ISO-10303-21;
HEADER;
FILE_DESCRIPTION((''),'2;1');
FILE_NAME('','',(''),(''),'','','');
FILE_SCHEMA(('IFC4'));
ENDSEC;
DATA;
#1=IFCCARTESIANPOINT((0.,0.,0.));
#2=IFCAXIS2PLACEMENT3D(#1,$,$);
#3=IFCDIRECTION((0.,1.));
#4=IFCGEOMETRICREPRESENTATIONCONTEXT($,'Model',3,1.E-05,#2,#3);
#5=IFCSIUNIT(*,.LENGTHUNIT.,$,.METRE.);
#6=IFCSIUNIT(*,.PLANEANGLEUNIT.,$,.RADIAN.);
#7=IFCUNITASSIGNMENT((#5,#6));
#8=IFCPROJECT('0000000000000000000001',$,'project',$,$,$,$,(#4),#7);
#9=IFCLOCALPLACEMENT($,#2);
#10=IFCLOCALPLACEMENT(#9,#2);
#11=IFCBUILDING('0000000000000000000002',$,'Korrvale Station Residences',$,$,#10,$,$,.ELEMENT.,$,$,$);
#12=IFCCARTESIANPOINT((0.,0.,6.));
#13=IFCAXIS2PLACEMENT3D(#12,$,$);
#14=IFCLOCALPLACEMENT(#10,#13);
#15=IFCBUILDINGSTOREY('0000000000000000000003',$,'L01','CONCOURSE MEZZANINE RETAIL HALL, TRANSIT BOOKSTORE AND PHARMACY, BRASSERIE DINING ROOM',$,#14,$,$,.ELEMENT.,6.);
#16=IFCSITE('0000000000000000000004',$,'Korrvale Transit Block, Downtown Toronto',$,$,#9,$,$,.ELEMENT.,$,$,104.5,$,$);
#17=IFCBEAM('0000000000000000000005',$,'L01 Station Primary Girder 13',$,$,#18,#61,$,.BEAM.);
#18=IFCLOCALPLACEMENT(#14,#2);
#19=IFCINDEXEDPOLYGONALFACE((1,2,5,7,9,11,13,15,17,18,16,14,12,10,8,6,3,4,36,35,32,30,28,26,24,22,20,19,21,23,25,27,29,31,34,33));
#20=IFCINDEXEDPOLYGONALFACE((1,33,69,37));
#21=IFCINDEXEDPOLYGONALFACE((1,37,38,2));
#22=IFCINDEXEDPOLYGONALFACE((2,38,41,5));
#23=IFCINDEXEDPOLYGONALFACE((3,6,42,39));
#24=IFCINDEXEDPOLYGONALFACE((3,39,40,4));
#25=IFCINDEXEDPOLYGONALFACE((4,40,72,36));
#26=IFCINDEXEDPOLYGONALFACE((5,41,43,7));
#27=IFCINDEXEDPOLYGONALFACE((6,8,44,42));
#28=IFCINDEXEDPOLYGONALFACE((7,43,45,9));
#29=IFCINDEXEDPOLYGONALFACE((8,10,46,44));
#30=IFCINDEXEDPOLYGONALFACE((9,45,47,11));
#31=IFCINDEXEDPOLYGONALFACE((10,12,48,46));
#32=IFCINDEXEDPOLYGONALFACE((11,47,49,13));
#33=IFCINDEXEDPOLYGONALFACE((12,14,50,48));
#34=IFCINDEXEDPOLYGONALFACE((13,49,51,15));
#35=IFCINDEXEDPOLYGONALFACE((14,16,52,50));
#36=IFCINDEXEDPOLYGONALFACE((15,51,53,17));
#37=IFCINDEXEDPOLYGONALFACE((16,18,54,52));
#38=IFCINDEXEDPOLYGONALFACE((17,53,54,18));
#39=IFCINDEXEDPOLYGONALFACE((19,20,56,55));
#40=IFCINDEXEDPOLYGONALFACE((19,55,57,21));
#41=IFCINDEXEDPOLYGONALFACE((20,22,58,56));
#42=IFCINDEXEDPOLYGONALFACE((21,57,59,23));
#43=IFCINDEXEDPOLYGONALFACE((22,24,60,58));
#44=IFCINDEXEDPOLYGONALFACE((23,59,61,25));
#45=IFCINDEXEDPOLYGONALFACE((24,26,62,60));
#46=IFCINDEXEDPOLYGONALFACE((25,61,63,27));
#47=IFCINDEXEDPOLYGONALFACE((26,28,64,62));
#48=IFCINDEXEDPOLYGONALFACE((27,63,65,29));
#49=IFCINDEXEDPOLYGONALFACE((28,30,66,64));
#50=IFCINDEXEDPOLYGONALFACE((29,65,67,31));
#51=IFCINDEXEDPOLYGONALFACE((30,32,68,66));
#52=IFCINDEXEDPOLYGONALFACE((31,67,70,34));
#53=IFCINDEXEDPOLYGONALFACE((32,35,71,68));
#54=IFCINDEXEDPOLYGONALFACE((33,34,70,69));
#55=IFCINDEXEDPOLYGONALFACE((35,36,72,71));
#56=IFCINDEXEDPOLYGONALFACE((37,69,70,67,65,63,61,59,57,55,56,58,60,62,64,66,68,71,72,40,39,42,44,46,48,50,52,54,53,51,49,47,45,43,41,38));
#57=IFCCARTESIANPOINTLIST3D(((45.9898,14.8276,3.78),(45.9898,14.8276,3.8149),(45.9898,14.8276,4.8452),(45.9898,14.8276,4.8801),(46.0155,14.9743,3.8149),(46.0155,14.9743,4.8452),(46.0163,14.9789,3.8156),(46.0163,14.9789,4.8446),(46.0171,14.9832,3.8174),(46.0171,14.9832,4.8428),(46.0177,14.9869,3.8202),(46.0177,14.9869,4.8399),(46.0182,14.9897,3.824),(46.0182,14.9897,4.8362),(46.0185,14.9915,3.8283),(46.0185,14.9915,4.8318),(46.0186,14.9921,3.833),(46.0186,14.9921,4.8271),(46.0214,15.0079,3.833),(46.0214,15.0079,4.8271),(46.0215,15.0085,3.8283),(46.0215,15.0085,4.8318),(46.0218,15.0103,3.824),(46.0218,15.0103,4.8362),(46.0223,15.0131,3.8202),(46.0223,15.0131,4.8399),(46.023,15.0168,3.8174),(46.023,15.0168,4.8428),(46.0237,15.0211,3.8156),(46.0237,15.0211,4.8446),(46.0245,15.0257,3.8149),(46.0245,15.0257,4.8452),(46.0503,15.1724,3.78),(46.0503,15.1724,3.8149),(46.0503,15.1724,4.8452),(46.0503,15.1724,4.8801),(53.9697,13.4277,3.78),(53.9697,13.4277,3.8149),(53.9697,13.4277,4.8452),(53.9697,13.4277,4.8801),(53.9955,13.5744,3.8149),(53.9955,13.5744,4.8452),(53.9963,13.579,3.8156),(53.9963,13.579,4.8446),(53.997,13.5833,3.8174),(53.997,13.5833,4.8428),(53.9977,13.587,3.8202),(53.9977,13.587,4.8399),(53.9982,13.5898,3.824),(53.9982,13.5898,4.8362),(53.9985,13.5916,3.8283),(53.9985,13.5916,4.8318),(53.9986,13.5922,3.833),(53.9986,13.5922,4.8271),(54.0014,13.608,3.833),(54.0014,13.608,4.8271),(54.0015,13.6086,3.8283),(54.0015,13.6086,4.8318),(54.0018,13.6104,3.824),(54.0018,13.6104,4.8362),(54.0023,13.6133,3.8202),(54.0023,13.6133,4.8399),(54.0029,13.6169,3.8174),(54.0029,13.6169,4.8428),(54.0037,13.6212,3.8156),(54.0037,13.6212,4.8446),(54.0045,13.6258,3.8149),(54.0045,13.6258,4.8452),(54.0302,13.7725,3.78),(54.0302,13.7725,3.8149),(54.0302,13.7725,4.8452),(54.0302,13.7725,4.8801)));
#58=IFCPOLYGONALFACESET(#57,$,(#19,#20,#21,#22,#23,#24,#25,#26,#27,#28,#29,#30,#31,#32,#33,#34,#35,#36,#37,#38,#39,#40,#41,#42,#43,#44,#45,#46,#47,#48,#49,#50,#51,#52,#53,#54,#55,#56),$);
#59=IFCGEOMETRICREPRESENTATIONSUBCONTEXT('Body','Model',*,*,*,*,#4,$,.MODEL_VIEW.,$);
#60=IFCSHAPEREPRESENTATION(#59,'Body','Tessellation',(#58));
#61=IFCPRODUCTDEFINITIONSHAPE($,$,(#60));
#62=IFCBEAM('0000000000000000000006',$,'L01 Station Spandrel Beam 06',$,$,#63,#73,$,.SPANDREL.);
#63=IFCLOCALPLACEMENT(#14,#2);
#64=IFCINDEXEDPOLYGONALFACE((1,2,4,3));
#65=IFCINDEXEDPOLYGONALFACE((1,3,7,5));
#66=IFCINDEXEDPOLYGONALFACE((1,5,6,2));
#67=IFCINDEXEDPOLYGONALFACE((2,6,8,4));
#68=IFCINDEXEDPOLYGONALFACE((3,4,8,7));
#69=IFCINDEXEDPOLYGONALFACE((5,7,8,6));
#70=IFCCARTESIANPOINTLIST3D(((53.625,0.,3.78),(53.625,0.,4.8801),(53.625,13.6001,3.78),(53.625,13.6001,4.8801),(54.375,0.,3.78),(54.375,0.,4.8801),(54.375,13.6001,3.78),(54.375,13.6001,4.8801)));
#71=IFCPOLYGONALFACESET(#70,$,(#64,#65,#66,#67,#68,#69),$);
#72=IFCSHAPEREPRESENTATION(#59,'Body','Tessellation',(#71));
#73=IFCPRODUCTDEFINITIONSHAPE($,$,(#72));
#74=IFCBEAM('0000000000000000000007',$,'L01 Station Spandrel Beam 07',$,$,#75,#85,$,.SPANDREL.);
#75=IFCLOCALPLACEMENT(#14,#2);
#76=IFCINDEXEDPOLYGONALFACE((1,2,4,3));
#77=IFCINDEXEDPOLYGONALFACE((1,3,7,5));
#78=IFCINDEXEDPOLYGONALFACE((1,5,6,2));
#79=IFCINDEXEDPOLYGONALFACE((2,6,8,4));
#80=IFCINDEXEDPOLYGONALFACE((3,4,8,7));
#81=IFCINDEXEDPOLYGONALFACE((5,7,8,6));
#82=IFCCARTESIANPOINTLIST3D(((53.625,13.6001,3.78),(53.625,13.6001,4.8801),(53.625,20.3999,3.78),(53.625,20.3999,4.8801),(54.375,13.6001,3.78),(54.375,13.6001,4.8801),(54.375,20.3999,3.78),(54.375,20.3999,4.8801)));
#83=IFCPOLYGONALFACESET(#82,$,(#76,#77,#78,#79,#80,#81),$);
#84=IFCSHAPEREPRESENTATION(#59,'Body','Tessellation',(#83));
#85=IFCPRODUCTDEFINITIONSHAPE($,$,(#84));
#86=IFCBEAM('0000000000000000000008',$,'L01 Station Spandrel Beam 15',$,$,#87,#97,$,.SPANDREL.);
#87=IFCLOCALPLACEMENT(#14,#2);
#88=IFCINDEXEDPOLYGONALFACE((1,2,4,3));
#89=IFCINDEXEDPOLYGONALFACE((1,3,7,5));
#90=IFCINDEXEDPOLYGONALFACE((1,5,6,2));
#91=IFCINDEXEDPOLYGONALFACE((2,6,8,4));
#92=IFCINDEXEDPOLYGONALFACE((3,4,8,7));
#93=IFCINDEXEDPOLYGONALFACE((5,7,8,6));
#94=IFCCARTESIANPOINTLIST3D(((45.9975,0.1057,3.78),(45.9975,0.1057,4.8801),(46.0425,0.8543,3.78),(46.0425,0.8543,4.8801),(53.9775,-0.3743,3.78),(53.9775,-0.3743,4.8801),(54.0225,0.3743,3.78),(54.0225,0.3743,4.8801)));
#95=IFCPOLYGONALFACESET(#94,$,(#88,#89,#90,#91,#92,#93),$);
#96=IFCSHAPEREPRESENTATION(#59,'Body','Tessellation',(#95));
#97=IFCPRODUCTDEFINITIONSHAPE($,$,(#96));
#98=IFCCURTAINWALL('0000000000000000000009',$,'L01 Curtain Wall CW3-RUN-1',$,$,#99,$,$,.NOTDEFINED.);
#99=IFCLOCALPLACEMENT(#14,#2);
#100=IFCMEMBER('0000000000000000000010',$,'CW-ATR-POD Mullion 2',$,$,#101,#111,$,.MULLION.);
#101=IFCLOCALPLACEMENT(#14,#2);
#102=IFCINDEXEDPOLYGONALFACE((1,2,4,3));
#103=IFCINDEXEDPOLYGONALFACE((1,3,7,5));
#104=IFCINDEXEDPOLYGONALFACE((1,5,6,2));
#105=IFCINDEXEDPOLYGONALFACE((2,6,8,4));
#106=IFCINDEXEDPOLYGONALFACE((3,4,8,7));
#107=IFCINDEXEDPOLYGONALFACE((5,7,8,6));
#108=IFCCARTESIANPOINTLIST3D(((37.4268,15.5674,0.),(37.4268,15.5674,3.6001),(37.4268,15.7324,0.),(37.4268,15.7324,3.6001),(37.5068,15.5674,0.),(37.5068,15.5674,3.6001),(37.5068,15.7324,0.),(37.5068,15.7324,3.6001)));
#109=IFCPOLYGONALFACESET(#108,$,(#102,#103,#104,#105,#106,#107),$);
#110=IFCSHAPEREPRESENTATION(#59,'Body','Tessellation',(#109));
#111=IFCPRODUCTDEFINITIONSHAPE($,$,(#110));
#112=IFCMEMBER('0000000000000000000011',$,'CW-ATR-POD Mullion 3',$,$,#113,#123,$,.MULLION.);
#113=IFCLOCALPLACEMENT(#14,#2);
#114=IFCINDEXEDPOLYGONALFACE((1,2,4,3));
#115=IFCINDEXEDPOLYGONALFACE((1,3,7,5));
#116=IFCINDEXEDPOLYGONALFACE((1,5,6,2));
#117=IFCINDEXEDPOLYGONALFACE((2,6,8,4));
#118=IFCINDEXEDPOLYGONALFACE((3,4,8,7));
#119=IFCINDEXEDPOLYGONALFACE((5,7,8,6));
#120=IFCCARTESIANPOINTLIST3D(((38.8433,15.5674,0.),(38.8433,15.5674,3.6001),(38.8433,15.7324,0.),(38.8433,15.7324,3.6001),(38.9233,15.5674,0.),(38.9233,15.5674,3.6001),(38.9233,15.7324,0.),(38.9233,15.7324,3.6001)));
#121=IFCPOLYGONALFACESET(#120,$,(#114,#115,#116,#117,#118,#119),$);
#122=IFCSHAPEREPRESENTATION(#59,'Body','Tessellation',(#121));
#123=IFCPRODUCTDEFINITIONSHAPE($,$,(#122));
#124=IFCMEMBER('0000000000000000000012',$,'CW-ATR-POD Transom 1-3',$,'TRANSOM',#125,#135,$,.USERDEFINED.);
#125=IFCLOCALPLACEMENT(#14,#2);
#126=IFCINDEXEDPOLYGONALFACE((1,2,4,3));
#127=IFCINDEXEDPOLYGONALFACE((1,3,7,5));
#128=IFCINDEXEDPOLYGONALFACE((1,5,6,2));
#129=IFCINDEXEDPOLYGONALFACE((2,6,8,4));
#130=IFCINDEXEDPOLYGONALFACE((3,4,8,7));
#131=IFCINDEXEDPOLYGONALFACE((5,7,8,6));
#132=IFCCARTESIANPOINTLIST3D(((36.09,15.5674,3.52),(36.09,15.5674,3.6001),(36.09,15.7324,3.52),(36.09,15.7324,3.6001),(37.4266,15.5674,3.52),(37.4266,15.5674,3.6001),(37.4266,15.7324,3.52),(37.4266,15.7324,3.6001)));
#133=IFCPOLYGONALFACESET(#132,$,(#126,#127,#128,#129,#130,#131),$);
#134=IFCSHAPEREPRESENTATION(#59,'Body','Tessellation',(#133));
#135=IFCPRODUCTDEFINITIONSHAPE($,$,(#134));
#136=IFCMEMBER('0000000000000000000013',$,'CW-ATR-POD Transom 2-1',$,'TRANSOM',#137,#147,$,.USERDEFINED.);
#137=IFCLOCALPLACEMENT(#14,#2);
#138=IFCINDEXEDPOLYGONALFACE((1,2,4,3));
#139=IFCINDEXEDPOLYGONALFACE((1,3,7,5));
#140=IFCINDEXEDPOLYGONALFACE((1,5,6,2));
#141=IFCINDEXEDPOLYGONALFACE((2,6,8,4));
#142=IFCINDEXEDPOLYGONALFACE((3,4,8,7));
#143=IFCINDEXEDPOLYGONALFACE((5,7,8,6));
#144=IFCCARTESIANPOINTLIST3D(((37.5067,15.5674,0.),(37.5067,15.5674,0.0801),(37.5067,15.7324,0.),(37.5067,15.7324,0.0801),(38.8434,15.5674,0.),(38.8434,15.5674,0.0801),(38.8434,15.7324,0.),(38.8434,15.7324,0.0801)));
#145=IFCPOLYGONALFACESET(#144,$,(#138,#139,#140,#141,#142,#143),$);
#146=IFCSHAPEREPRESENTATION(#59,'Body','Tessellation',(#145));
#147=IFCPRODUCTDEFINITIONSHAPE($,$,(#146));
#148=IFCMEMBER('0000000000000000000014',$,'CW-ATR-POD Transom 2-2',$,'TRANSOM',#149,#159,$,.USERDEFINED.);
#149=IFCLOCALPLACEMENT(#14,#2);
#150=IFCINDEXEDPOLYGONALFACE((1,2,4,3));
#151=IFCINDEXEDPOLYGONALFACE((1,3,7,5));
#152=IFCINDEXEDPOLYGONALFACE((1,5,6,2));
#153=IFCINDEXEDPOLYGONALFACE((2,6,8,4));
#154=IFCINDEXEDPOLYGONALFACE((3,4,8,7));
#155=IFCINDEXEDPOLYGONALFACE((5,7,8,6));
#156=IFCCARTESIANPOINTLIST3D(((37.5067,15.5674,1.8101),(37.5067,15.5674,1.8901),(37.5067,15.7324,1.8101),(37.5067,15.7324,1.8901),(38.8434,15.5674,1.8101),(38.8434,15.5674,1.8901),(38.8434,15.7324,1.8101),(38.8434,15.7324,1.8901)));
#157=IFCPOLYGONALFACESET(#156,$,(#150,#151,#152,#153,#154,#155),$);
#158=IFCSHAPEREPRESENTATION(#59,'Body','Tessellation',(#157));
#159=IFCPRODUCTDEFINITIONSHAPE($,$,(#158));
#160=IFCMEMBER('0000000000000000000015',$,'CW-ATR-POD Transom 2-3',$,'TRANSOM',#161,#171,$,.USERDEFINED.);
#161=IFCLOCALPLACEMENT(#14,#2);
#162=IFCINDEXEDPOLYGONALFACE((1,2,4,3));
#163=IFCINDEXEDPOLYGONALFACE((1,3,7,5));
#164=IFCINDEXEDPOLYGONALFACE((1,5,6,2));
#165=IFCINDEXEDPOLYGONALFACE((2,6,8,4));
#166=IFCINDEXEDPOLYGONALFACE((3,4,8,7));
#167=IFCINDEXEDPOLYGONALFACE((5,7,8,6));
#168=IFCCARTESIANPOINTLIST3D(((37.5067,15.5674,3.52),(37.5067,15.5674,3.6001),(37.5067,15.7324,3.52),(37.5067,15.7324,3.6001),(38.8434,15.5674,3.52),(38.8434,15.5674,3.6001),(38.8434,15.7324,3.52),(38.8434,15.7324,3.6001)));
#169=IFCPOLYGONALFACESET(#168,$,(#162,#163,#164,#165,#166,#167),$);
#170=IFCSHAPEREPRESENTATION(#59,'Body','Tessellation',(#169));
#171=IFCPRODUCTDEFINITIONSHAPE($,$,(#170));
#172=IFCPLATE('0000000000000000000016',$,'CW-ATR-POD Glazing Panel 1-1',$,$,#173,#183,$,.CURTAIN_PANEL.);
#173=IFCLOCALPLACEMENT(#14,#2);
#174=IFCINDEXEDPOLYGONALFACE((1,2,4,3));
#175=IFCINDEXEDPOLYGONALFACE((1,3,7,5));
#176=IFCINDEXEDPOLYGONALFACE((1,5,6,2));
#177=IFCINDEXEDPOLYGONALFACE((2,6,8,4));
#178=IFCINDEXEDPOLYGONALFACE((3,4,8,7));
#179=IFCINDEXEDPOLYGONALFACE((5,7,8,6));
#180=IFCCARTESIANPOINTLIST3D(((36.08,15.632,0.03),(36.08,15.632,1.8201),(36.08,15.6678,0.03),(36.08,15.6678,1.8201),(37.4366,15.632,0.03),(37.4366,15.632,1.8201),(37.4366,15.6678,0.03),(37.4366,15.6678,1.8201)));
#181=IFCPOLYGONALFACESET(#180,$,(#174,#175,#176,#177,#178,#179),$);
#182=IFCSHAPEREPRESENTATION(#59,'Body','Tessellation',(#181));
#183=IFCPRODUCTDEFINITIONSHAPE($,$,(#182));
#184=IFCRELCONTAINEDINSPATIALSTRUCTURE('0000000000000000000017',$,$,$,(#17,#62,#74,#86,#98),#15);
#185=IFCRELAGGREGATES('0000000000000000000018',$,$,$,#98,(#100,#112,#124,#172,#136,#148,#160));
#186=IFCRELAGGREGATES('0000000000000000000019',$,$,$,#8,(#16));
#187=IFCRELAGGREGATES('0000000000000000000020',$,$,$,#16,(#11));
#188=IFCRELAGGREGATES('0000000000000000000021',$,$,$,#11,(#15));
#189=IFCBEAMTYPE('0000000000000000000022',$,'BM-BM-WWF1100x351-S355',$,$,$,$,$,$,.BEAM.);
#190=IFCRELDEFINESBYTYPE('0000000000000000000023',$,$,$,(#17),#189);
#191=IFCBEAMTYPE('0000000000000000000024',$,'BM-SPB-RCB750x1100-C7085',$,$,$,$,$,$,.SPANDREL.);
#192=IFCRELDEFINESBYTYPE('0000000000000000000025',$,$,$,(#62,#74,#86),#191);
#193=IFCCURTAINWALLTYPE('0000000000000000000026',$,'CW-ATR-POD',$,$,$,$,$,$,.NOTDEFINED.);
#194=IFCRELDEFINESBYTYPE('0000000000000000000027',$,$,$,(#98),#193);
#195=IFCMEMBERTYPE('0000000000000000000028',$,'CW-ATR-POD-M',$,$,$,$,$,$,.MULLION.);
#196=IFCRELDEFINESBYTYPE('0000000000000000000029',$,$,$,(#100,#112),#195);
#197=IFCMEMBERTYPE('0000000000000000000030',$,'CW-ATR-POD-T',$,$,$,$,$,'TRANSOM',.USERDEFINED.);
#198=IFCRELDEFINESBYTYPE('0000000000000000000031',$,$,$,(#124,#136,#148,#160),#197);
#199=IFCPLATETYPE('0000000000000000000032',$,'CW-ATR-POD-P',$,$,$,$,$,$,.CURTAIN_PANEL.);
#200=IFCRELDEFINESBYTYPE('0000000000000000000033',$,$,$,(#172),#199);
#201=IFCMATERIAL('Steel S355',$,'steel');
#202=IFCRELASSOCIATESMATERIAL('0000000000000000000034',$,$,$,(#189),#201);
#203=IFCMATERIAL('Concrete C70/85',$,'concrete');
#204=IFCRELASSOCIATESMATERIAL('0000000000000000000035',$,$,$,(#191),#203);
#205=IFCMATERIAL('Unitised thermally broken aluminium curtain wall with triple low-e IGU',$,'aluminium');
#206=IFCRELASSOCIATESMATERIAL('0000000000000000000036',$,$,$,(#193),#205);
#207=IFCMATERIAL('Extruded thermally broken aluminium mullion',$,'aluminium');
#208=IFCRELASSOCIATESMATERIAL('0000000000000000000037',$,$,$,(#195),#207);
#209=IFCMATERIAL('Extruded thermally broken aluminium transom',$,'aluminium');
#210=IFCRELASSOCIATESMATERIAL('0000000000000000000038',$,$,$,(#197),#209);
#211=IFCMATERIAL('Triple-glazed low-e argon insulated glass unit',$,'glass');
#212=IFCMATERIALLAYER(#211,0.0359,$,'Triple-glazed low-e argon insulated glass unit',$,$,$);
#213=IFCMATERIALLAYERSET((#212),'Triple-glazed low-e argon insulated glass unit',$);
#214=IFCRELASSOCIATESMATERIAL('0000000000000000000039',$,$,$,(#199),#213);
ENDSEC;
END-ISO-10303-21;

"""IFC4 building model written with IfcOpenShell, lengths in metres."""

from ifc_helpers import new_model, si_unit, direction, frame, origin, origin_2d, place, context, subcontext, project, spatial, rectangle, i_section, extrude, material, layer, layer_set, material_profile, profile_set, type_object, element, aggregate, save


model = new_model("IFC4")

# Units and contexts
model_context = context("Model", 3, precision=1e-05, world=origin(), true_north=direction((0.0, 1.0)))
body_context = subcontext(model_context, "Body", "Model", "MODEL_VIEW")
ifc_project = project(units=[si_unit("LENGTHUNIT", "METRE"), si_unit("PLANEANGLEUNIT", "RADIAN")], contexts=[model_context])

# Site, building, storey
site_placement = place(None, origin())
site = spatial("IfcSite", under=ifc_project, at=site_placement, Name="Korrvale Transit Block, Downtown Toronto", CompositionType="ELEMENT", RefElevation=104.5)
building_placement = place(site_placement, origin())
building = spatial("IfcBuilding", under=site, at=building_placement, Name="Korrvale Station Residences", CompositionType="ELEMENT")
storey_placement = place(building_placement, frame((0.0, 0.0, 6.0)))
storey = spatial("IfcBuildingStorey", under=building, at=storey_placement, Name="L01", Description="CONCOURSE MEZZANINE RETAIL HALL, TRANSIT BOOKSTORE AND PHARMACY, BRASSERIE DINING ROOM", CompositionType="ELEMENT", Elevation=6.0)

# Shared definitions
ifc_material_1 = material(Name="Concrete C70/85", Category="concrete")

# Beams
ifc_material_2 = material(Name="Steel S355", Category="steel")
ifc_material_profile_1 = material_profile(ifc_material_2, i_section(OverallWidth=0.3501, OverallDepth=1.1001, WebThickness=0.0161, FlangeThickness=0.0349, FilletRadius=0.0181, at=origin_2d()), Name="WWF1100x351")
ifc_profile_set_1 = profile_set([ifc_material_profile_1], Name="Steel S355")
beam_type_1 = type_object("IfcBeamType", Name="BM-BM-WWF1100x351-S355", PredefinedType="BEAM", material=ifc_profile_set_1)
beam_1_placement = place(storey_placement, frame((46.02, 15.0, 4.3301), z_axis=(0.984959, -0.172788, 0.0), x_axis=(0.172788, 0.984959, 0.0)))
element("IfcBeam", 1, at=beam_1_placement, inside=storey, type_object=beam_type_1, Name="L01 Station Primary Girder 13", PredefinedType="BEAM", context=body_context, shape_type="SweptSolid", body=[
    extrude(i_section(OverallWidth=0.3501, OverallDepth=1.1001, WebThickness=0.0161, FlangeThickness=0.0349, FilletRadius=0.0181, at=origin_2d()), origin(), (0.0, 0.0, 1.0), 8.1018),
])
ifc_material_profile_2 = material_profile(ifc_material_1, rectangle(XDim=0.75, YDim=1.1001, at=origin_2d()), Name="RCB750x1100")
ifc_profile_set_2 = profile_set([ifc_material_profile_2], Name="Concrete C70/85")
beam_type_2 = type_object("IfcBeamType", Name="BM-SPB-RCB750x1100-C7085", PredefinedType="SPANDREL", material=ifc_profile_set_2)
beam_2_placement = place(storey_placement, frame((54.0, 0.0, 4.3301), z_axis=(0.0, 1.0, 0.0), x_axis=(-1.0, 0.0, 0.0)))
element("IfcBeam", 2, at=beam_2_placement, inside=storey, type_object=beam_type_2, Name="L01 Station Spandrel Beam 06", PredefinedType="SPANDREL", context=body_context, shape_type="SweptSolid", body=[
    extrude(rectangle(XDim=0.75, YDim=1.1001, at=origin_2d()), origin(), (0.0, 0.0, 1.0), 13.6001),
])
beam_3_placement = place(storey_placement, frame((54.0, 13.6001, 4.3301), z_axis=(0.0, 1.0, 0.0), x_axis=(-1.0, 0.0, 0.0)))
element("IfcBeam", 3, at=beam_3_placement, inside=storey, type_object=beam_type_2, Name="L01 Station Spandrel Beam 07", PredefinedType="SPANDREL", context=body_context, shape_type="SweptSolid", body=[
    extrude(rectangle(XDim=0.75, YDim=1.1001, at=origin_2d()), origin(), (0.0, 0.0, 1.0), 6.7998),
])
beam_4_placement = place(storey_placement, frame((46.02, 0.48, 4.3301), z_axis=(0.998196, -0.06004, 0.0), x_axis=(0.06004, 0.998196, 0.0)))
element("IfcBeam", 4, at=beam_4_placement, inside=storey, type_object=beam_type_2, Name="L01 Station Spandrel Beam 15", PredefinedType="SPANDREL", context=body_context, shape_type="SweptSolid", body=[
    extrude(rectangle(XDim=0.75, YDim=1.1001, at=origin_2d()), origin(), (0.0, 0.0, 1.0), 7.9944),
])

# Curtain wall, members, plate
ifc_material_3 = material(Name="Unitised thermally broken aluminium curtain wall with triple low-e IGU", Category="aluminium")
curtain_wall_type = type_object("IfcCurtainWallType", Name="CW-ATR-POD", PredefinedType="NOTDEFINED", material=ifc_material_3)
curtain_wall_placement = place(storey_placement, origin())
curtain_wall = element("IfcCurtainWall", 5, at=curtain_wall_placement, inside=storey, type_object=curtain_wall_type, Name="L01 Curtain Wall CW3-RUN-1", PredefinedType="NOTDEFINED")
ifc_material_4 = material(Name="Extruded thermally broken aluminium mullion", Category="aluminium")
member_type_1 = type_object("IfcMemberType", Name="CW-ATR-POD-M", PredefinedType="MULLION", material=ifc_material_4)
member_1_placement = place(storey_placement, frame((37.4668, 15.6499, 0.0), z_axis=(0.0, 0.0, 1.0), x_axis=(1.0, 0.0, 0.0)))
member_1 = element("IfcMember", 6, at=member_1_placement, type_object=member_type_1, Name="CW-ATR-POD Mullion 2", PredefinedType="MULLION", context=body_context, shape_type="SweptSolid", body=[
    extrude(rectangle(XDim=0.0801, YDim=0.165, at=origin_2d()), origin(), (0.0, 0.0, 1.0), 3.6001),
])
member_2_placement = place(storey_placement, frame((38.8833, 15.6499, 0.0), z_axis=(0.0, 0.0, 1.0), x_axis=(1.0, 0.0, 0.0)))
member_2 = element("IfcMember", 7, at=member_2_placement, type_object=member_type_1, Name="CW-ATR-POD Mullion 3", PredefinedType="MULLION", context=body_context, shape_type="SweptSolid", body=[
    extrude(rectangle(XDim=0.0801, YDim=0.165, at=origin_2d()), origin(), (0.0, 0.0, 1.0), 3.6001),
])
ifc_material_5 = material(Name="Extruded thermally broken aluminium transom", Category="aluminium")
member_type_2 = type_object("IfcMemberType", Name="CW-ATR-POD-T", ElementType="TRANSOM", PredefinedType="USERDEFINED", material=ifc_material_5)
member_3_placement = place(storey_placement, frame((36.7583, 15.6499, 3.52), z_axis=(0.0, 0.0, 1.0), x_axis=(1.0, 0.0, 0.0)))
member_3 = element("IfcMember", 8, at=member_3_placement, type_object=member_type_2, Name="CW-ATR-POD Transom 1-3", ObjectType="TRANSOM", PredefinedType="USERDEFINED", context=body_context, shape_type="SweptSolid", body=[
    extrude(rectangle(XDim=1.3367, YDim=0.165, at=origin_2d()), origin(), (0.0, 0.0, 1.0), 0.0801),
])
member_4_placement = place(storey_placement, frame((38.175, 15.6499, 0.0), z_axis=(0.0, 0.0, 1.0), x_axis=(1.0, 0.0, 0.0)))
member_4 = element("IfcMember", 9, at=member_4_placement, type_object=member_type_2, Name="CW-ATR-POD Transom 2-1", ObjectType="TRANSOM", PredefinedType="USERDEFINED", context=body_context, shape_type="SweptSolid", body=[
    extrude(rectangle(XDim=1.3367, YDim=0.165, at=origin_2d()), origin(), (0.0, 0.0, 1.0), 0.0801),
])
member_5_placement = place(storey_placement, frame((38.175, 15.6499, 1.8101), z_axis=(0.0, 0.0, 1.0), x_axis=(1.0, 0.0, 0.0)))
member_5 = element("IfcMember", 10, at=member_5_placement, type_object=member_type_2, Name="CW-ATR-POD Transom 2-2", ObjectType="TRANSOM", PredefinedType="USERDEFINED", context=body_context, shape_type="SweptSolid", body=[
    extrude(rectangle(XDim=1.3367, YDim=0.165, at=origin_2d()), origin(), (0.0, 0.0, 1.0), 0.0801),
])
member_6_placement = place(storey_placement, frame((38.175, 15.6499, 3.52), z_axis=(0.0, 0.0, 1.0), x_axis=(1.0, 0.0, 0.0)))
member_6 = element("IfcMember", 11, at=member_6_placement, type_object=member_type_2, Name="CW-ATR-POD Transom 2-3", ObjectType="TRANSOM", PredefinedType="USERDEFINED", context=body_context, shape_type="SweptSolid", body=[
    extrude(rectangle(XDim=1.3367, YDim=0.165, at=origin_2d()), origin(), (0.0, 0.0, 1.0), 0.0801),
])
ifc_material_6 = material(Name="Triple-glazed low-e argon insulated glass unit", Category="glass")
ifc_layer_1 = layer(ifc_material_6, 0.0359, Name="Triple-glazed low-e argon insulated glass unit")
ifc_layer_set_1 = layer_set([ifc_layer_1], Name="Triple-glazed low-e argon insulated glass unit")
plate_type = type_object("IfcPlateType", Name="CW-ATR-POD-P", PredefinedType="CURTAIN_PANEL", material=ifc_layer_set_1)
plate_1_placement = place(storey_placement, frame((36.7583, 15.6499, 0.03), z_axis=(0.0, 0.0, 1.0), x_axis=(1.0, 0.0, 0.0)))
plate_1 = element("IfcPlate", 12, at=plate_1_placement, type_object=plate_type, Name="CW-ATR-POD Glazing Panel 1-1", PredefinedType="CURTAIN_PANEL", context=body_context, shape_type="SweptSolid", body=[
    extrude(rectangle(XDim=1.3567, YDim=0.0359, at=origin_2d()), origin(), (0.0, 0.0, 1.0), 1.79),
])
aggregate(curtain_wall, [member_1, member_2, member_3, plate_1, member_4, member_5, member_6])

save(model, "model.ifc")
